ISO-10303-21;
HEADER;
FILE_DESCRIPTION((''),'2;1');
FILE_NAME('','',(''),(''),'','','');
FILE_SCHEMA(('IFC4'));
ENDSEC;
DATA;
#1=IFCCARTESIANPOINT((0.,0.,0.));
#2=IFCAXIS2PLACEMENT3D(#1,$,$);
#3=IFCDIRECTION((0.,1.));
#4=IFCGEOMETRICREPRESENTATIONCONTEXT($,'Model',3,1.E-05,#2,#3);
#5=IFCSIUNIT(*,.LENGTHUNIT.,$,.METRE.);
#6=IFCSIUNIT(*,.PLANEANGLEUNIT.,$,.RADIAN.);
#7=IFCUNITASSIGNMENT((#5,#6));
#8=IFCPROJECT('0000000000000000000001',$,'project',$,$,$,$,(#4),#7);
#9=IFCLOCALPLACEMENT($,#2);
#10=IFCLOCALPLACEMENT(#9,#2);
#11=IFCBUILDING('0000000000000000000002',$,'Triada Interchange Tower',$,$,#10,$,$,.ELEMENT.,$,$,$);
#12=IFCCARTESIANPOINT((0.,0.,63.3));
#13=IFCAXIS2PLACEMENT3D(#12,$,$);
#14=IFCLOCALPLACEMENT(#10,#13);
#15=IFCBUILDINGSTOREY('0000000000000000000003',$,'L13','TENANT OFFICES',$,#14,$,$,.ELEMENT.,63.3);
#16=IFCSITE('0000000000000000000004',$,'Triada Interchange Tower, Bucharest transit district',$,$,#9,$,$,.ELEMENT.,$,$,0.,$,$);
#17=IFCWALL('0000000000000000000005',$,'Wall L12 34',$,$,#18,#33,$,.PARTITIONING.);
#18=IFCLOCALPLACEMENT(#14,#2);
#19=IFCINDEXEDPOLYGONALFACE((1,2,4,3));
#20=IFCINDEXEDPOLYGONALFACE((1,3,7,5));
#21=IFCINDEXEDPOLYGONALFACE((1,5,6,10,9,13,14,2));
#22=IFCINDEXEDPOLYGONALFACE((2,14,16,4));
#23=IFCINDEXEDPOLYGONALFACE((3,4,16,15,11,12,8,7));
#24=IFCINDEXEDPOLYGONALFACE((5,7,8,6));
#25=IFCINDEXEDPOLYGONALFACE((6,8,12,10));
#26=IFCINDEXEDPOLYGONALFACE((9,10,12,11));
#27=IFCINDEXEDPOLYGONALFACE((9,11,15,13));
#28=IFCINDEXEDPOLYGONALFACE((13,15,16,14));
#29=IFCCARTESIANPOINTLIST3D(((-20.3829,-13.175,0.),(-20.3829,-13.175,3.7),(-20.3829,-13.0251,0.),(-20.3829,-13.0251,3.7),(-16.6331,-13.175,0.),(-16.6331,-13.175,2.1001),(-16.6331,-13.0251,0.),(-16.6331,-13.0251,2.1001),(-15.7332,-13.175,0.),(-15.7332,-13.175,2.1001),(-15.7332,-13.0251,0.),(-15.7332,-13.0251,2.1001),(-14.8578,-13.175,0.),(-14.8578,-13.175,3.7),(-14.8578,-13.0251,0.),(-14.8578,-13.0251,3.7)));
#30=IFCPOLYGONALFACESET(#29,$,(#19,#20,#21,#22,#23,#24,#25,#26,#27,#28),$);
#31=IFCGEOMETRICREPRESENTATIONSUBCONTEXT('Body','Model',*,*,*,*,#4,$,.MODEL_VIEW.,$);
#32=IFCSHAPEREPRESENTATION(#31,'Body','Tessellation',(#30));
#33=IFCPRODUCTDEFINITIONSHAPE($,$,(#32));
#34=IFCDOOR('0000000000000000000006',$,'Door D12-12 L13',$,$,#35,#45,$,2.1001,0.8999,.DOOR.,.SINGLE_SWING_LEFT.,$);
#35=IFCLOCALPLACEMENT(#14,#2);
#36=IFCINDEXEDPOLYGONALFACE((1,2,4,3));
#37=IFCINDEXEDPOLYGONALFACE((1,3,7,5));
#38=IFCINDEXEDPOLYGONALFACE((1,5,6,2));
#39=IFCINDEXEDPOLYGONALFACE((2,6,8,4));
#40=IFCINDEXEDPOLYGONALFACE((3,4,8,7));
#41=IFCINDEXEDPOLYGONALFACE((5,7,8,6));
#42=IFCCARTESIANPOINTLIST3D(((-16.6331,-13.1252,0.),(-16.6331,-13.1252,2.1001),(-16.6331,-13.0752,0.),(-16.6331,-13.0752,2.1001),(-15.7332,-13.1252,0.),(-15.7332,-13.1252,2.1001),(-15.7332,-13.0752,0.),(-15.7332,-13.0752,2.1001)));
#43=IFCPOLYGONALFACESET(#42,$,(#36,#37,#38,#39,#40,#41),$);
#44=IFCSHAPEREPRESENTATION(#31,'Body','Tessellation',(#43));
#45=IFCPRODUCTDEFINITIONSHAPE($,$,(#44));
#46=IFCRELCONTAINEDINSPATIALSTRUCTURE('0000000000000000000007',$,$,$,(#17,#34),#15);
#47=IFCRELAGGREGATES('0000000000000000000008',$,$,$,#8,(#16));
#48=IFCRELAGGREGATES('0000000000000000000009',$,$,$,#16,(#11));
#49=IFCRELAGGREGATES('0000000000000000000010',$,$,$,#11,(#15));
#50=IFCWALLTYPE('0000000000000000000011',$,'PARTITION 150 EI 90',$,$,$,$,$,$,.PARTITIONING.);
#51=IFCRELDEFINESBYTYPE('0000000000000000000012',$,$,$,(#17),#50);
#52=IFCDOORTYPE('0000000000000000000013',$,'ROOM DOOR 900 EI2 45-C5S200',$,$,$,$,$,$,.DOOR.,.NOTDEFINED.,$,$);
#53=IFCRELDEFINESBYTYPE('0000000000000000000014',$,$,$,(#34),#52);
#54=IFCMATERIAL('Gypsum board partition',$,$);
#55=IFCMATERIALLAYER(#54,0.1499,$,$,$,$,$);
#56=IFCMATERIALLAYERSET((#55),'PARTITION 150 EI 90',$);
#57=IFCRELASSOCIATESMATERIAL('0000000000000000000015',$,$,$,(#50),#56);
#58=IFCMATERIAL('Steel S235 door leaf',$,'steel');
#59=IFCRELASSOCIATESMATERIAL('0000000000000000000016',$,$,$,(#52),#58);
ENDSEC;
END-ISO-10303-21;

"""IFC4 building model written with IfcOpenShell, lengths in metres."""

from ifc_helpers import new_model, si_unit, direction, frame, frame_2d, origin, place, context, subcontext, project, spatial, rectangle, extrude, material, layer, layer_set, type_object, element, fill, save


model = new_model("IFC4")

# Units and contexts
model_context = context("Model", 3, precision=1e-05, world=origin(), true_north=direction((0.0, 1.0)))
body_context = subcontext(model_context, "Body", "Model", "MODEL_VIEW")
ifc_project = project(units=[si_unit("LENGTHUNIT", "METRE"), si_unit("PLANEANGLEUNIT", "RADIAN")], contexts=[model_context])

# Site, building, storey
site_placement = place(None, origin())
site = spatial("IfcSite", under=ifc_project, at=site_placement, Name="Triada Interchange Tower, Bucharest transit district", CompositionType="ELEMENT", RefElevation=0.0)
building_placement = place(site_placement, origin())
building = spatial("IfcBuilding", under=site, at=building_placement, Name="Triada Interchange Tower", CompositionType="ELEMENT")
storey_placement = place(building_placement, frame((0.0, 0.0, 63.3)))
storey = spatial("IfcBuildingStorey", under=building, at=storey_placement, Name="L13", Description="TENANT OFFICES", CompositionType="ELEMENT", Elevation=63.3)

# Shared definitions
ifc_material_1 = material(Name="Gypsum board partition")
ifc_material_2 = material(Name="Steel S235 door leaf", Category="steel")

# Wall, opening, door
ifc_layer_1 = layer(ifc_material_1, 0.1499)
ifc_layer_set_1 = layer_set([ifc_layer_1], Name="PARTITION 150 EI 90")
wall_type_1 = type_object("IfcWallType", Name="PARTITION 150 EI 90", PredefinedType="PARTITIONING", material=ifc_layer_set_1)
wall_1_placement = place(storey_placement, frame((-20.3831, -13.1001, 0.0), z_axis=(0.0, 0.0, 1.0), x_axis=(1.0, 0.0, 0.0)))
wall_1 = element("IfcWall", 1, at=wall_1_placement, inside=storey, type_object=wall_type_1, Name="Wall L12 34", PredefinedType="PARTITIONING", context=body_context, shape_type="SweptSolid", body=[
    extrude(rectangle(XDim=5.5251, YDim=0.1499, at=frame_2d((2.7627, 0.0))), origin(), (0.0, 0.0, 1.0), 3.7),
])
opening_1_placement = place(wall_1_placement, frame((3.75, 0.0, 0.0)))
opening_1 = element("IfcOpeningElement", 2, at=opening_1_placement, cuts=wall_1, PredefinedType="OPENING", context=body_context, shape_type="SweptSolid", body=[
    extrude(rectangle(XDim=0.8999, YDim=2.1001, at=frame_2d((0.45, 1.05))), frame((0.0, 0.085, 0.0), z_axis=(0.0, -1.0, 0.0), x_axis=(1.0, 0.0, 0.0)), (0.0, 0.0, 1.0), 0.1699),
])
door_type_1 = type_object("IfcDoorType", Name="ROOM DOOR 900 EI2 45-C5S200", OperationType="NOTDEFINED", PredefinedType="DOOR", material=ifc_material_2)
door_1_placement = place(opening_1_placement, origin())
door_1 = element("IfcDoor", 3, at=door_1_placement, inside=storey, type_object=door_type_1, Name="Door D12-12 L13", OperationType="SINGLE_SWING_LEFT", OverallHeight=2.1001, OverallWidth=0.8999, PredefinedType="DOOR", context=body_context, shape_type="SweptSolid", body=[
    extrude(rectangle(XDim=0.8999, YDim=2.1001, at=frame_2d((0.45, 1.05))), frame((0.0, 0.0249, 0.0), z_axis=(0.0, -1.0, 0.0), x_axis=(1.0, 0.0, 0.0)), (0.0, 0.0, 1.0), 0.05),
])
fill(opening_1, door_1)

save(model, "model.ifc")
